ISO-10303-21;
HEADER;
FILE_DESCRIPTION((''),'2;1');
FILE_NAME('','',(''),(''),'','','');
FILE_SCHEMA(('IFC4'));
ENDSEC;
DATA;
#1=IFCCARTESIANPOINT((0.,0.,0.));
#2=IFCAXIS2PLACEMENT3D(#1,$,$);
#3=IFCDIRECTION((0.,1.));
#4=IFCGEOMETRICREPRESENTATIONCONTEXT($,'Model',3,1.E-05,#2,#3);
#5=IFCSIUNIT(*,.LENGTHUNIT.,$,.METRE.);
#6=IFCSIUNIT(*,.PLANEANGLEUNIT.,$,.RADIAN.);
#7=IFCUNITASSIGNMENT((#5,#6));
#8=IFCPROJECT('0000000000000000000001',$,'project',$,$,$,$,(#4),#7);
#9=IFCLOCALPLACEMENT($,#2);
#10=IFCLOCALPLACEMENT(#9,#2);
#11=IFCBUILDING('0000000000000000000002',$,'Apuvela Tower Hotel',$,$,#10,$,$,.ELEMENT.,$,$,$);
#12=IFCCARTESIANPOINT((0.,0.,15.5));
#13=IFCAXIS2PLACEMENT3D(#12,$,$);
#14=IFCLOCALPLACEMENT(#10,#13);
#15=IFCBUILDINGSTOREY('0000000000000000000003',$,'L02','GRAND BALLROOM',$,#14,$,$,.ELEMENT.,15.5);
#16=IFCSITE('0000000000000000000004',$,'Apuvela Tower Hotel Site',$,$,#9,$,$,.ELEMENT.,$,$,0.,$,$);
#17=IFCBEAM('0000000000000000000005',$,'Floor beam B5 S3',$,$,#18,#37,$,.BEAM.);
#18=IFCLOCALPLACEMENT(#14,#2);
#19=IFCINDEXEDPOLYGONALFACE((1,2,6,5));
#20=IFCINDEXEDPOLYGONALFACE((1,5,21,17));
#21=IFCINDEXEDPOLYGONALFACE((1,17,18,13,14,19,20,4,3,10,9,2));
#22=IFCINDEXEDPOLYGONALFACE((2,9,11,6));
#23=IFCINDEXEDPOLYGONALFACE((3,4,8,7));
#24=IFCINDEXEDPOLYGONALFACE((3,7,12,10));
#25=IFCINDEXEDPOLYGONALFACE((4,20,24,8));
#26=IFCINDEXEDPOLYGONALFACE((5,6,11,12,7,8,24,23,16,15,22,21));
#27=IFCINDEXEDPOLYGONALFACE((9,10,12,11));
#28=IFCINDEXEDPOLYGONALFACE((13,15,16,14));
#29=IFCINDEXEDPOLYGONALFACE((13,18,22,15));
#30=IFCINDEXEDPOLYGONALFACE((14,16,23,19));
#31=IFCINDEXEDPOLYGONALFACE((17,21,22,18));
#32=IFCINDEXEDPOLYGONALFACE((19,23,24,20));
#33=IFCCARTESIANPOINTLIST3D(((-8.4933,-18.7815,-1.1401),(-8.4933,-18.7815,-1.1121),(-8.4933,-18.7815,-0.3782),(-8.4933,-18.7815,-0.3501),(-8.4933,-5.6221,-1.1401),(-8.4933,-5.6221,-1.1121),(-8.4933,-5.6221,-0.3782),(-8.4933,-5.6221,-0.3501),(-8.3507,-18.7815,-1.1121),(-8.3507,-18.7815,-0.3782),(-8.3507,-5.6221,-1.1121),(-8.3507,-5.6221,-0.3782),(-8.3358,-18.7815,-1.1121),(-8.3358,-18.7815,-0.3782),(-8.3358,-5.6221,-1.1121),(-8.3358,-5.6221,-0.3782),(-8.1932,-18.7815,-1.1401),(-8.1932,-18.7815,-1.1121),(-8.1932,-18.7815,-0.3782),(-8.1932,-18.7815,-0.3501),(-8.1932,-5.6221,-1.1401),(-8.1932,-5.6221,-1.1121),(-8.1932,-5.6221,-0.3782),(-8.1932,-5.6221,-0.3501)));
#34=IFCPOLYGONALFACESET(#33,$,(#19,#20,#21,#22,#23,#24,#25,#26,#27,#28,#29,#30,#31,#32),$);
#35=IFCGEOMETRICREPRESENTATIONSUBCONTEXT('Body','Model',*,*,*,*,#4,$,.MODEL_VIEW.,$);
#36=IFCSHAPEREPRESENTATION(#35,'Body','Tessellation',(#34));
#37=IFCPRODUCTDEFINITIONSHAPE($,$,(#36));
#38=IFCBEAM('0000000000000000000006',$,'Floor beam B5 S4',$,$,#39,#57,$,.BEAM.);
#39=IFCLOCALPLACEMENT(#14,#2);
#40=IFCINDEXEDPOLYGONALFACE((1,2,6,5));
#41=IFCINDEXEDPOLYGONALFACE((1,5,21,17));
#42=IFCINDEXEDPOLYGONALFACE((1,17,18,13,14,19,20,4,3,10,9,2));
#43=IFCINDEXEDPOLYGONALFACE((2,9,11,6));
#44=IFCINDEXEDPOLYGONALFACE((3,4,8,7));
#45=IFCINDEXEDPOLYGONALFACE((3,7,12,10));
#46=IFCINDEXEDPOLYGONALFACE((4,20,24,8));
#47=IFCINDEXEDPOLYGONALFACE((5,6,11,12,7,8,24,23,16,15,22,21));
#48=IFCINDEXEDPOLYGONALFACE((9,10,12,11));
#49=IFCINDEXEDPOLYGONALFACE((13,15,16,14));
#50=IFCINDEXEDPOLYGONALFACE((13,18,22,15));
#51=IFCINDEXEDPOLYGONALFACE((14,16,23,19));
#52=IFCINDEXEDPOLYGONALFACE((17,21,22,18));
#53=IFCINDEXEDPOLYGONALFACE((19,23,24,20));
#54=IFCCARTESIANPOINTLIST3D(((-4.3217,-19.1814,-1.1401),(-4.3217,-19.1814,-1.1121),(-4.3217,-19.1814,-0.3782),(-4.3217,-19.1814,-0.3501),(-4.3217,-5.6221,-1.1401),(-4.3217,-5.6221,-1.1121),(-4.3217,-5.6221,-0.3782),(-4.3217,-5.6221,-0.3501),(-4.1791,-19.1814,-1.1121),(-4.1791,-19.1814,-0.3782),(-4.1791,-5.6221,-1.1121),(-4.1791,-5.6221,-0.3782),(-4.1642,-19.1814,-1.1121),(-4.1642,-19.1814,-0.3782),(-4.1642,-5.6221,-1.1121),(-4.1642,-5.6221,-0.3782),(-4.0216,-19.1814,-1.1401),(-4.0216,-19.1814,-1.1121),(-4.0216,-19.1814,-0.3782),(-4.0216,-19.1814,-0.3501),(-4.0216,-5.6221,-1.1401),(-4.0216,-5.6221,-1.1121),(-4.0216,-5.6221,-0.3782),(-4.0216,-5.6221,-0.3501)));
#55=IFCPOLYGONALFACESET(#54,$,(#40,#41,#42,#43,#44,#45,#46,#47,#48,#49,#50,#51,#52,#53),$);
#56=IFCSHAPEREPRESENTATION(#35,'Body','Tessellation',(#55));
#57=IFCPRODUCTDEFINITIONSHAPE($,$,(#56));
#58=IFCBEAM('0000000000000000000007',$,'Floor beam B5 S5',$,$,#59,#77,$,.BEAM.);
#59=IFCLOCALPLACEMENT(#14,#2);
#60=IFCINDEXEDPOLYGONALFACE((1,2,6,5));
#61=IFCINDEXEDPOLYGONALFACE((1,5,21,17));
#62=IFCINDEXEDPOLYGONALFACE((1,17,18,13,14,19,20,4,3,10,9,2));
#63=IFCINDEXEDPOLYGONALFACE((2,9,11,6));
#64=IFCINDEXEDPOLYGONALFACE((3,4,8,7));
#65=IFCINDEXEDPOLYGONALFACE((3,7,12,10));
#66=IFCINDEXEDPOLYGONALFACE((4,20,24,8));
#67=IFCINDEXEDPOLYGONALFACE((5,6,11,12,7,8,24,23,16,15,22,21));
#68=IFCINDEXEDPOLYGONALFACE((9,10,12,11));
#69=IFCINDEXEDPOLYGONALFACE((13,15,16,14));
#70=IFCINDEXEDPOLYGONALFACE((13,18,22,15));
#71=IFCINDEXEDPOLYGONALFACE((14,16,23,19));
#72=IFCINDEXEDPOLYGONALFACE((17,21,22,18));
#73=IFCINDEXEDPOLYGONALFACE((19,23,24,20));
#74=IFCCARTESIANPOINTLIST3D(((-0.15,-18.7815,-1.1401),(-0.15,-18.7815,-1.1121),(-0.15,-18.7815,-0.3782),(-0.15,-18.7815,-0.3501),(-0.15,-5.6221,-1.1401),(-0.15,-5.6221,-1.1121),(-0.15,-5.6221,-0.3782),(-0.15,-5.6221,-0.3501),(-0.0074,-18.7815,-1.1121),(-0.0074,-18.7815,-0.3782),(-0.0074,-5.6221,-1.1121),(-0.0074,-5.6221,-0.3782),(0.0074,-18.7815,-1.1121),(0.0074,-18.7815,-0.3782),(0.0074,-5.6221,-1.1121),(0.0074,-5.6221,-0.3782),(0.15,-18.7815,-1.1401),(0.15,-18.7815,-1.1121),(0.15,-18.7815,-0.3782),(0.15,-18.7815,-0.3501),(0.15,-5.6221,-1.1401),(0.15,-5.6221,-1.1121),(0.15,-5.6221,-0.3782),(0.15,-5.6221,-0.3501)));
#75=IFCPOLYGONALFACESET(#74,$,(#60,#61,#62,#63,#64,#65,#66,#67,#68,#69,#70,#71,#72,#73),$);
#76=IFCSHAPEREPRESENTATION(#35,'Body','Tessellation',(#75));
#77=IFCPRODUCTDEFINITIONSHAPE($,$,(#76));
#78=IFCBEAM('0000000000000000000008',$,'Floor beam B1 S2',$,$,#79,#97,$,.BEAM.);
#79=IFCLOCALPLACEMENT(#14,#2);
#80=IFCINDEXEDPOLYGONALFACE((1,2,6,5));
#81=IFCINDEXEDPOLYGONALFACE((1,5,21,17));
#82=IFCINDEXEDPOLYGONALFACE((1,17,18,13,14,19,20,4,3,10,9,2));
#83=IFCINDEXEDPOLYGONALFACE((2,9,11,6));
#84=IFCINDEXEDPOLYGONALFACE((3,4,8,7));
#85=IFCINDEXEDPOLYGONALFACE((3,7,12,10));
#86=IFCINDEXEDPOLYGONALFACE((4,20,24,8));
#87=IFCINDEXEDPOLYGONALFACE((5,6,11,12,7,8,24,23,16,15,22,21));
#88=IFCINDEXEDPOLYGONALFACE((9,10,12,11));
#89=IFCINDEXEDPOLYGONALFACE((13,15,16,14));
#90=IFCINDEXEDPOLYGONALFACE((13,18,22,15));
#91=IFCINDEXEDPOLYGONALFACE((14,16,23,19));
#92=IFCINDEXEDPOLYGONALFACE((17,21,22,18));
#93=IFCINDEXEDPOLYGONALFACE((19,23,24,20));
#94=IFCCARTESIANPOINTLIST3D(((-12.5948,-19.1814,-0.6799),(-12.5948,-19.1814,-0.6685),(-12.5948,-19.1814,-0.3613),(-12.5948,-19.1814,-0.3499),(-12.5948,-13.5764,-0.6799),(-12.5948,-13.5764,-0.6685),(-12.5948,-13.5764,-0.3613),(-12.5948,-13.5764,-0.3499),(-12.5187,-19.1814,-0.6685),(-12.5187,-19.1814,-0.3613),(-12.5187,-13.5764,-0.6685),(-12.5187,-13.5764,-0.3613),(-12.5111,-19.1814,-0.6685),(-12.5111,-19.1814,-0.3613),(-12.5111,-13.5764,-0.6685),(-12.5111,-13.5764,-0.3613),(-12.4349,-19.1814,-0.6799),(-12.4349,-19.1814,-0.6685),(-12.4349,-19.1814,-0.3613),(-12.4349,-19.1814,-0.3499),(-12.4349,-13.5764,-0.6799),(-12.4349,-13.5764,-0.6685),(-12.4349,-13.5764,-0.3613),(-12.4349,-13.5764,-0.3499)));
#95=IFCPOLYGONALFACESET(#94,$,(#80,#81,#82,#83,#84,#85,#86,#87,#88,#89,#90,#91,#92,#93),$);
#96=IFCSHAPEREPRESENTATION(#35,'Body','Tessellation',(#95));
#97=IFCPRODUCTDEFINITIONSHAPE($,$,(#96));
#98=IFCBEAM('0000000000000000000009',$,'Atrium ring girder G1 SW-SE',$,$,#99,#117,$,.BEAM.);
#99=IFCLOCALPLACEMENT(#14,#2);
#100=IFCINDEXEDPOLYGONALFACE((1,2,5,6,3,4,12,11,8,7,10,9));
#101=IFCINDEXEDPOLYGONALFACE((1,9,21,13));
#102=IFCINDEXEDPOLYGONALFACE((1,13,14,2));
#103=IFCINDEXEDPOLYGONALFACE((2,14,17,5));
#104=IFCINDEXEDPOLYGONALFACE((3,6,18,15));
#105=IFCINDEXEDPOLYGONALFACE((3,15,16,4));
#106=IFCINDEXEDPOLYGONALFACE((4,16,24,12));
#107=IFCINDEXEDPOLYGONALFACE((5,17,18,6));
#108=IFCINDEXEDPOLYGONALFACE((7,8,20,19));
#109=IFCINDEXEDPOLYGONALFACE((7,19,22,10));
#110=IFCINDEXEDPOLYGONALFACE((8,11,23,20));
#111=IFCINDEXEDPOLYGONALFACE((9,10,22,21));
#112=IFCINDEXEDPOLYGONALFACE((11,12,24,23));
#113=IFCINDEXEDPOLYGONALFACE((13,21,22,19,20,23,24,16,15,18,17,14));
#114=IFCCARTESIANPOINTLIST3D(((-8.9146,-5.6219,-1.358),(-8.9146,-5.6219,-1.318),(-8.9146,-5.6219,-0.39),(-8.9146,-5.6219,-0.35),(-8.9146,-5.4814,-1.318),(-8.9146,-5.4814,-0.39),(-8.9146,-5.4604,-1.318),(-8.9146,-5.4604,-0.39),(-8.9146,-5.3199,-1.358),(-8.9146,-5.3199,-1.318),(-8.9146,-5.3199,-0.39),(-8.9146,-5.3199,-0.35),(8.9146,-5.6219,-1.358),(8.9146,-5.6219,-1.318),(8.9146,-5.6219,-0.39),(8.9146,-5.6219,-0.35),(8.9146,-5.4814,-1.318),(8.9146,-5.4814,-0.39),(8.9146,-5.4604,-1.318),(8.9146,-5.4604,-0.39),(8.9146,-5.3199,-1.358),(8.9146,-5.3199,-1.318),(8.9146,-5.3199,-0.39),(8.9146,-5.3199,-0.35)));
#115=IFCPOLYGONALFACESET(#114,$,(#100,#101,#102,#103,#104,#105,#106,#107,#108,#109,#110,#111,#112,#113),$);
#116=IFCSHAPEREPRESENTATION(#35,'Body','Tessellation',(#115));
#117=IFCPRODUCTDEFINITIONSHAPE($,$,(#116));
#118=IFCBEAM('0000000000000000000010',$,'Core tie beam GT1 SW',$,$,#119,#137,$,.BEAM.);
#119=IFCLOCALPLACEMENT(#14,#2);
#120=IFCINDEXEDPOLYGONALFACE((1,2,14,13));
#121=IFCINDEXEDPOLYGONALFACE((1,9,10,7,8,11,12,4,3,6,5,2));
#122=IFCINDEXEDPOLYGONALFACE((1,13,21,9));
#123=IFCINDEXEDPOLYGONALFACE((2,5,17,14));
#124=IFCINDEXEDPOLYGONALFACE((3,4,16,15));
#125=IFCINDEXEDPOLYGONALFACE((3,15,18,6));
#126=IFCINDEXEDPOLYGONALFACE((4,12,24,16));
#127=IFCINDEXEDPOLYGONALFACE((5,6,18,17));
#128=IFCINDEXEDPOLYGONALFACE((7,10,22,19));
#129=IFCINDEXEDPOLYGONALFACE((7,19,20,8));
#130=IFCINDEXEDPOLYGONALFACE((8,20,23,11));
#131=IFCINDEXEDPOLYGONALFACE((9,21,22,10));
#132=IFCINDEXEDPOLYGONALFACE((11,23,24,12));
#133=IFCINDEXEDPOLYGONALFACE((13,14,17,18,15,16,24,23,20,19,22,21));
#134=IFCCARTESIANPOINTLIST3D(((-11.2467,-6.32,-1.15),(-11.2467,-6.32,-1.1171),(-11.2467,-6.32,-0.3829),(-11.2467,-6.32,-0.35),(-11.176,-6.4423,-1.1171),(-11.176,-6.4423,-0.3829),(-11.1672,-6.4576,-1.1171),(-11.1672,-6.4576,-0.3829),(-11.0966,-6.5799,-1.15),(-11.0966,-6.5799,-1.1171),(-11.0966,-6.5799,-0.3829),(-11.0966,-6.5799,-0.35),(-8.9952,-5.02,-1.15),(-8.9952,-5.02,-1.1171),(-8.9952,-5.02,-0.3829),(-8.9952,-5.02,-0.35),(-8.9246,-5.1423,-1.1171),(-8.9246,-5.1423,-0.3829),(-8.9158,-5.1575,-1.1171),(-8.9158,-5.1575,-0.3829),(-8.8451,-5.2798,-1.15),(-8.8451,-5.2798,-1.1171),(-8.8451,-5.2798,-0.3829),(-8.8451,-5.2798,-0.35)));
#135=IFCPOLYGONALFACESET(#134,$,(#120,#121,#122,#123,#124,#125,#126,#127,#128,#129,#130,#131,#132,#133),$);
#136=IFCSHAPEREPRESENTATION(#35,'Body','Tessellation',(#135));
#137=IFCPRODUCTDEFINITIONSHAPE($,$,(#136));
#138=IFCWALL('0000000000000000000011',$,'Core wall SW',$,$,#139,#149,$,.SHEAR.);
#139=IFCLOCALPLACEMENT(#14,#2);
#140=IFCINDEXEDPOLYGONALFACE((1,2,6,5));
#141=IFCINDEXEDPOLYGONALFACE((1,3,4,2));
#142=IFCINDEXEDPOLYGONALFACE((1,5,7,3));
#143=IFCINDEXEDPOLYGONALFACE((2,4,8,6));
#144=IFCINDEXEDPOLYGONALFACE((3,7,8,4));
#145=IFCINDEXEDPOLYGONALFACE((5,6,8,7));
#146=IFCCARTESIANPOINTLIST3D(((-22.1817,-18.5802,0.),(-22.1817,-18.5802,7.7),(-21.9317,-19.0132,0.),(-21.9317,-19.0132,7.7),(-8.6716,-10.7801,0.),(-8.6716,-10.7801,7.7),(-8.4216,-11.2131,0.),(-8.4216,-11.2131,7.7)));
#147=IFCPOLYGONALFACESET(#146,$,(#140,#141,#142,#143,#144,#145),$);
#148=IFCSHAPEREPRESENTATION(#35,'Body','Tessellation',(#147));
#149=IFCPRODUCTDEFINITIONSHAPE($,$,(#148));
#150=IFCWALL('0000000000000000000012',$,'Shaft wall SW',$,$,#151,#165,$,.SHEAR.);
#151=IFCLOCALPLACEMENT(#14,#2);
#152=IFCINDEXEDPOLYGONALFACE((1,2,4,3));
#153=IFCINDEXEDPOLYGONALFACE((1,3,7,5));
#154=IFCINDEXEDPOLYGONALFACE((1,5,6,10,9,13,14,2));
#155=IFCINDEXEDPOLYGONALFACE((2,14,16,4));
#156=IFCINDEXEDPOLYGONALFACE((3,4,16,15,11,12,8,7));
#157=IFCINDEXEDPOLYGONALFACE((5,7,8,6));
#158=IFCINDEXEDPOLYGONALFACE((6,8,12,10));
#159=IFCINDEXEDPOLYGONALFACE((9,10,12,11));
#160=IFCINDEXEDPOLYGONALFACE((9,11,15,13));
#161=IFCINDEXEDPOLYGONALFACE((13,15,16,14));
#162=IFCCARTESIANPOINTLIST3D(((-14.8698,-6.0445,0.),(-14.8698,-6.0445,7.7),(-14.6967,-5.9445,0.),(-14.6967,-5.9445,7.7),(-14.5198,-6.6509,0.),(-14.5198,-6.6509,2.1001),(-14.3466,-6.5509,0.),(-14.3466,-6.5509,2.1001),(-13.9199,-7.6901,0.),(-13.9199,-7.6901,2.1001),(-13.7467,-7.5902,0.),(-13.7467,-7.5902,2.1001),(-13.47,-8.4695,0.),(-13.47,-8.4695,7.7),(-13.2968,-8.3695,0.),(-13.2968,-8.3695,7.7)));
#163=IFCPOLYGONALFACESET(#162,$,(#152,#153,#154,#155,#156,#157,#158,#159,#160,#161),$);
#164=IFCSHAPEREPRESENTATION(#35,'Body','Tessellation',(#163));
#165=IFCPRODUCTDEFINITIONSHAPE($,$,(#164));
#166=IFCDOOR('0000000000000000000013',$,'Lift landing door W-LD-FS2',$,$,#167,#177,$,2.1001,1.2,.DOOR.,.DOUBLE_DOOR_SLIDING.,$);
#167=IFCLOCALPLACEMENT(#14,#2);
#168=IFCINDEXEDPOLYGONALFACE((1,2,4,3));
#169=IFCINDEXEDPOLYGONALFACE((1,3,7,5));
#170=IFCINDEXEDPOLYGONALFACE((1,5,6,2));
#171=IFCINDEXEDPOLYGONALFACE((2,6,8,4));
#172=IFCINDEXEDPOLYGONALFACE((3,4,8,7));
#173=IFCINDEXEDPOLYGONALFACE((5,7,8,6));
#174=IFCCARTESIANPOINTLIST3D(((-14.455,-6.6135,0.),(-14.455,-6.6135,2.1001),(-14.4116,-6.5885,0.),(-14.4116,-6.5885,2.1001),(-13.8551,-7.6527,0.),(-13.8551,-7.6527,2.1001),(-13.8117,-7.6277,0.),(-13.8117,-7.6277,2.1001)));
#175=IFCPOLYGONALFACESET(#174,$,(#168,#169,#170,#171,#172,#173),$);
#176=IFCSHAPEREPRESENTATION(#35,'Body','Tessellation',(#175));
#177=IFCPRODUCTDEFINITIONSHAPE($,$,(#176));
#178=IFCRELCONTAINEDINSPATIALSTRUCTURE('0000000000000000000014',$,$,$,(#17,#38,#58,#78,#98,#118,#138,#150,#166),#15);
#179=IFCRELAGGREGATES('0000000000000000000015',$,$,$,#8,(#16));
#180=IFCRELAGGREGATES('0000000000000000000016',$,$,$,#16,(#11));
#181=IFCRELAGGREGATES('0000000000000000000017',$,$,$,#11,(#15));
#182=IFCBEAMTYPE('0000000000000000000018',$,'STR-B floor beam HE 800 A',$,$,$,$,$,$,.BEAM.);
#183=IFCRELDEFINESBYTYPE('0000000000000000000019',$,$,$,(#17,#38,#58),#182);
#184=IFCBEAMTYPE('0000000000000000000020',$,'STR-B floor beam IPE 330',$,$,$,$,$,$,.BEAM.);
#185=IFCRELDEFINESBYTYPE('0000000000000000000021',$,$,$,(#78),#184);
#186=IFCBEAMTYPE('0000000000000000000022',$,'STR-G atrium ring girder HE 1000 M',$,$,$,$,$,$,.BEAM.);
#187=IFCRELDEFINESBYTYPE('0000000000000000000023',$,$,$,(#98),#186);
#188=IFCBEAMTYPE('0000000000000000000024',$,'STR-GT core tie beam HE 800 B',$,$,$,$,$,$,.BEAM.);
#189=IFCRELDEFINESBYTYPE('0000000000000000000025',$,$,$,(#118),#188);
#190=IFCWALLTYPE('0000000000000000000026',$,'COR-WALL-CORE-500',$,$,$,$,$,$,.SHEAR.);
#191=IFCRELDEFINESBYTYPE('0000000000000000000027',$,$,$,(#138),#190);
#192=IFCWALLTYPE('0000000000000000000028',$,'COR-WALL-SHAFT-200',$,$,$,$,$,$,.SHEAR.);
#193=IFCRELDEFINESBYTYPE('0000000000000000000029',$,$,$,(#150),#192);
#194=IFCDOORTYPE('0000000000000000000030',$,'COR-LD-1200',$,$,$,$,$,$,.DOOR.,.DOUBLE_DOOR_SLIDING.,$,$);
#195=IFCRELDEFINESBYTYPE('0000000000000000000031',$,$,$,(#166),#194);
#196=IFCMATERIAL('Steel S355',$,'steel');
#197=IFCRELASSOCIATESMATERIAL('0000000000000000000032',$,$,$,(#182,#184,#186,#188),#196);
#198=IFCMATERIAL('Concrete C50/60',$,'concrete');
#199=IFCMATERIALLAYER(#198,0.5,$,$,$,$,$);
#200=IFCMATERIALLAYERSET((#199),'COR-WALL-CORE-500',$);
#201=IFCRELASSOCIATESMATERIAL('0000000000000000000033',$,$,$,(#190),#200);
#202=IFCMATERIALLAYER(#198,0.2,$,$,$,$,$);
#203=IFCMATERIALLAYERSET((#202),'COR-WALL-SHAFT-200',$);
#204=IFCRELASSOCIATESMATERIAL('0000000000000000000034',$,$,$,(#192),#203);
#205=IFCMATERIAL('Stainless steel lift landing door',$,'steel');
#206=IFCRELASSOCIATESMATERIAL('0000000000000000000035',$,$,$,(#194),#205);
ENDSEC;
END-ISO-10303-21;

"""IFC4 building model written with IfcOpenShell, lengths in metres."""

from ifc_helpers import new_model, si_unit, direction, frame, frame_2d, origin, origin_2d, place, context, subcontext, project, spatial, rectangle, i_section, extrude, material, layer, layer_set, material_profile, profile_set, type_object, element, fill, save


model = new_model("IFC4")

# Units and contexts
model_context = context("Model", 3, precision=1e-05, world=origin(), true_north=direction((0.0, 1.0)))
body_context = subcontext(model_context, "Body", "Model", "MODEL_VIEW")
ifc_project = project(units=[si_unit("LENGTHUNIT", "METRE"), si_unit("PLANEANGLEUNIT", "RADIAN")], contexts=[model_context])

# Site, building, storey
site_placement = place(None, origin())
site = spatial("IfcSite", under=ifc_project, at=site_placement, Name="Apuvela Tower Hotel Site", CompositionType="ELEMENT", RefElevation=0.0)
building_placement = place(site_placement, origin())
building = spatial("IfcBuilding", under=site, at=building_placement, Name="Apuvela Tower Hotel", CompositionType="ELEMENT")
storey_placement = place(building_placement, frame((0.0, 0.0, 15.5)))
storey = spatial("IfcBuildingStorey", under=building, at=storey_placement, Name="L02", Description="GRAND BALLROOM", CompositionType="ELEMENT", Elevation=15.5)

# Beams
ifc_material_1 = material(Name="Steel S355", Category="steel")
ifc_material_profile_1 = material_profile(ifc_material_1, i_section(OverallWidth=0.3, OverallDepth=0.79, WebThickness=0.0149, FlangeThickness=0.0281, at=origin_2d()), Name="HE 800 A")
ifc_profile_set_1 = profile_set([ifc_material_profile_1], Name="Steel S355")
beam_type_1 = type_object("IfcBeamType", Name="STR-B floor beam HE 800 A", PredefinedType="BEAM", material=ifc_profile_set_1)
beam_1_placement = place(storey_placement, frame((-8.3433, -18.7815, -0.7451), z_axis=(0.0, 1.0, 0.0), x_axis=(-1.0, 0.0, 0.0)))
element("IfcBeam", 1, at=beam_1_placement, inside=storey, type_object=beam_type_1, Name="Floor beam B5 S3", PredefinedType="BEAM", context=body_context, shape_type="SweptSolid", body=[
    extrude(i_section(OverallWidth=0.3, OverallDepth=0.79, WebThickness=0.0149, FlangeThickness=0.0281, at=origin_2d()), origin(), (0.0, 0.0, 1.0), 13.1594),
])
beam_2_placement = place(storey_placement, frame((-4.1716, -19.1814, -0.7451), z_axis=(0.0, 1.0, 0.0), x_axis=(-1.0, 0.0, 0.0)))
element("IfcBeam", 2, at=beam_2_placement, inside=storey, type_object=beam_type_1, Name="Floor beam B5 S4", PredefinedType="BEAM", context=body_context, shape_type="SweptSolid", body=[
    extrude(i_section(OverallWidth=0.3, OverallDepth=0.79, WebThickness=0.0149, FlangeThickness=0.0281, at=origin_2d()), origin(), (0.0, 0.0, 1.0), 13.5593),
])
beam_3_placement = place(storey_placement, frame((0.0, -18.7815, -0.7451), z_axis=(0.0, 1.0, 0.0), x_axis=(-1.0, 0.0, 0.0)))
element("IfcBeam", 3, at=beam_3_placement, inside=storey, type_object=beam_type_1, Name="Floor beam B5 S5", PredefinedType="BEAM", context=body_context, shape_type="SweptSolid", body=[
    extrude(i_section(OverallWidth=0.3, OverallDepth=0.79, WebThickness=0.0149, FlangeThickness=0.0281, at=origin_2d()), origin(), (0.0, 0.0, 1.0), 13.1594),
])
ifc_material_profile_2 = material_profile(ifc_material_1, i_section(OverallWidth=0.1599, OverallDepth=0.3301, WebThickness=0.0076, FlangeThickness=0.0115, at=origin_2d()), Name="IPE 330")
ifc_profile_set_2 = profile_set([ifc_material_profile_2], Name="Steel S355")
beam_type_2 = type_object("IfcBeamType", Name="STR-B floor beam IPE 330", PredefinedType="BEAM", material=ifc_profile_set_2)
beam_4_placement = place(storey_placement, frame((-12.5149, -19.1814, -0.5149), z_axis=(0.0, 1.0, 0.0), x_axis=(-1.0, 0.0, 0.0)))
element("IfcBeam", 4, at=beam_4_placement, inside=storey, type_object=beam_type_2, Name="Floor beam B1 S2", PredefinedType="BEAM", context=body_context, shape_type="SweptSolid", body=[
    extrude(i_section(OverallWidth=0.1599, OverallDepth=0.3301, WebThickness=0.0076, FlangeThickness=0.0115, at=origin_2d()), origin(), (0.0, 0.0, 1.0), 5.605),
])
ifc_material_profile_3 = material_profile(ifc_material_1, i_section(OverallWidth=0.302, OverallDepth=1.0081, WebThickness=0.021, FlangeThickness=0.04, at=origin_2d()), Name="HE 1000 M")
ifc_profile_set_3 = profile_set([ifc_material_profile_3], Name="Steel S355")
beam_type_3 = type_object("IfcBeamType", Name="STR-G atrium ring girder HE 1000 M", PredefinedType="BEAM", material=ifc_profile_set_3)
beam_5_placement = place(storey_placement, frame((-8.9146, -5.4709, -0.854), z_axis=(1.0, 0.0, 0.0), x_axis=(0.0, 1.0, 0.0)))
element("IfcBeam", 5, at=beam_5_placement, inside=storey, type_object=beam_type_3, Name="Atrium ring girder G1 SW-SE", PredefinedType="BEAM", context=body_context, shape_type="SweptSolid", body=[
    extrude(i_section(OverallWidth=0.302, OverallDepth=1.0081, WebThickness=0.021, FlangeThickness=0.04, at=origin_2d()), origin(), (0.0, 0.0, 1.0), 17.8291),
])
ifc_material_profile_4 = material_profile(ifc_material_1, i_section(OverallWidth=0.3, OverallDepth=0.8, WebThickness=0.0176, FlangeThickness=0.033, at=origin_2d()), Name="HE 800 B")
ifc_profile_set_4 = profile_set([ifc_material_profile_4], Name="Steel S355")
beam_type_4 = type_object("IfcBeamType", Name="STR-GT core tie beam HE 800 B", PredefinedType="BEAM", material=ifc_profile_set_4)
beam_6_placement = place(storey_placement, frame((-11.1716, -6.45, -0.75), z_axis=(0.865998, 0.500048, 0.0), x_axis=(-0.500048, 0.865998, 0.0)))
element("IfcBeam", 6, at=beam_6_placement, inside=storey, type_object=beam_type_4, Name="Core tie beam GT1 SW", PredefinedType="BEAM", context=body_context, shape_type="SweptSolid", body=[
    extrude(i_section(OverallWidth=0.3, OverallDepth=0.8, WebThickness=0.0176, FlangeThickness=0.033, at=origin_2d()), origin(), (0.0, 0.0, 1.0), 2.5999),
])

# Wall
ifc_material_2 = material(Name="Concrete C50/60", Category="concrete")
ifc_layer_1 = layer(ifc_material_2, 0.5)
ifc_layer_set_1 = layer_set([ifc_layer_1], Name="COR-WALL-CORE-500")
wall_type_1 = type_object("IfcWallType", Name="COR-WALL-CORE-500", PredefinedType="SHEAR", material=ifc_layer_set_1)
wall_1_placement = place(storey_placement, frame((-8.5466, -10.9966, 0.0), z_axis=(0.0, 0.0, 1.0), x_axis=(-0.866024, -0.500002, 0.0)))
element("IfcWall", 7, at=wall_1_placement, inside=storey, type_object=wall_type_1, Name="Core wall SW", PredefinedType="SHEAR", context=body_context, shape_type="SweptSolid", body=[
    extrude(rectangle(XDim=15.6001, YDim=0.5, at=frame_2d((7.8, 0.0))), origin(), (0.0, 0.0, 1.0), 7.7),
])

# Wall, opening, door
ifc_layer_2 = layer(ifc_material_2, 0.2)
ifc_layer_set_2 = layer_set([ifc_layer_2], Name="COR-WALL-SHAFT-200")
wall_type_2 = type_object("IfcWallType", Name="COR-WALL-SHAFT-200", PredefinedType="SHEAR", material=ifc_layer_set_2)
wall_2_placement = place(storey_placement, frame((-14.7832, -5.9946, 0.0), z_axis=(0.0, 0.0, 1.0), x_axis=(0.499946, -0.866056, 0.0)))
wall_2 = element("IfcWall", 8, at=wall_2_placement, inside=storey, type_object=wall_type_2, Name="Shaft wall SW", PredefinedType="SHEAR", context=body_context, shape_type="SweptSolid", body=[
    extrude(rectangle(XDim=2.8, YDim=0.2, at=frame_2d((1.3999, 0.0))), origin(), (0.0, 0.0, 1.0), 7.7),
])
opening_1_placement = place(wall_2_placement, frame((0.7, 0.0, 0.0)))
opening_1 = element("IfcOpeningElement", 9, at=opening_1_placement, cuts=wall_2, PredefinedType="OPENING", context=body_context, shape_type="SweptSolid", body=[
    extrude(rectangle(XDim=1.2, YDim=2.1001, at=frame_2d((0.6001, 1.05))), frame((0.0, 0.1099, 0.0), z_axis=(0.0, -1.0, 0.0), x_axis=(1.0, 0.0, 0.0)), (0.0, 0.0, 1.0), 0.22),
])
ifc_material_3 = material(Name="Stainless steel lift landing door", Category="steel")
door_type_1 = type_object("IfcDoorType", Name="COR-LD-1200", OperationType="DOUBLE_DOOR_SLIDING", PredefinedType="DOOR", material=ifc_material_3)
door_1_placement = place(opening_1_placement, origin())
door_1 = element("IfcDoor", 10, at=door_1_placement, inside=storey, type_object=door_type_1, Name="Lift landing door W-LD-FS2", OperationType="DOUBLE_DOOR_SLIDING", OverallHeight=2.1001, OverallWidth=1.2, PredefinedType="DOOR", context=body_context, shape_type="SweptSolid", body=[
    extrude(rectangle(XDim=1.2, YDim=2.1001, at=frame_2d((0.6001, 1.05))), frame((0.0, 0.0249, 0.0), z_axis=(0.0, -1.0, 0.0), x_axis=(1.0, 0.0, 0.0)), (0.0, 0.0, 1.0), 0.05),
])
fill(opening_1, door_1)

save(model, "model.ifc")
